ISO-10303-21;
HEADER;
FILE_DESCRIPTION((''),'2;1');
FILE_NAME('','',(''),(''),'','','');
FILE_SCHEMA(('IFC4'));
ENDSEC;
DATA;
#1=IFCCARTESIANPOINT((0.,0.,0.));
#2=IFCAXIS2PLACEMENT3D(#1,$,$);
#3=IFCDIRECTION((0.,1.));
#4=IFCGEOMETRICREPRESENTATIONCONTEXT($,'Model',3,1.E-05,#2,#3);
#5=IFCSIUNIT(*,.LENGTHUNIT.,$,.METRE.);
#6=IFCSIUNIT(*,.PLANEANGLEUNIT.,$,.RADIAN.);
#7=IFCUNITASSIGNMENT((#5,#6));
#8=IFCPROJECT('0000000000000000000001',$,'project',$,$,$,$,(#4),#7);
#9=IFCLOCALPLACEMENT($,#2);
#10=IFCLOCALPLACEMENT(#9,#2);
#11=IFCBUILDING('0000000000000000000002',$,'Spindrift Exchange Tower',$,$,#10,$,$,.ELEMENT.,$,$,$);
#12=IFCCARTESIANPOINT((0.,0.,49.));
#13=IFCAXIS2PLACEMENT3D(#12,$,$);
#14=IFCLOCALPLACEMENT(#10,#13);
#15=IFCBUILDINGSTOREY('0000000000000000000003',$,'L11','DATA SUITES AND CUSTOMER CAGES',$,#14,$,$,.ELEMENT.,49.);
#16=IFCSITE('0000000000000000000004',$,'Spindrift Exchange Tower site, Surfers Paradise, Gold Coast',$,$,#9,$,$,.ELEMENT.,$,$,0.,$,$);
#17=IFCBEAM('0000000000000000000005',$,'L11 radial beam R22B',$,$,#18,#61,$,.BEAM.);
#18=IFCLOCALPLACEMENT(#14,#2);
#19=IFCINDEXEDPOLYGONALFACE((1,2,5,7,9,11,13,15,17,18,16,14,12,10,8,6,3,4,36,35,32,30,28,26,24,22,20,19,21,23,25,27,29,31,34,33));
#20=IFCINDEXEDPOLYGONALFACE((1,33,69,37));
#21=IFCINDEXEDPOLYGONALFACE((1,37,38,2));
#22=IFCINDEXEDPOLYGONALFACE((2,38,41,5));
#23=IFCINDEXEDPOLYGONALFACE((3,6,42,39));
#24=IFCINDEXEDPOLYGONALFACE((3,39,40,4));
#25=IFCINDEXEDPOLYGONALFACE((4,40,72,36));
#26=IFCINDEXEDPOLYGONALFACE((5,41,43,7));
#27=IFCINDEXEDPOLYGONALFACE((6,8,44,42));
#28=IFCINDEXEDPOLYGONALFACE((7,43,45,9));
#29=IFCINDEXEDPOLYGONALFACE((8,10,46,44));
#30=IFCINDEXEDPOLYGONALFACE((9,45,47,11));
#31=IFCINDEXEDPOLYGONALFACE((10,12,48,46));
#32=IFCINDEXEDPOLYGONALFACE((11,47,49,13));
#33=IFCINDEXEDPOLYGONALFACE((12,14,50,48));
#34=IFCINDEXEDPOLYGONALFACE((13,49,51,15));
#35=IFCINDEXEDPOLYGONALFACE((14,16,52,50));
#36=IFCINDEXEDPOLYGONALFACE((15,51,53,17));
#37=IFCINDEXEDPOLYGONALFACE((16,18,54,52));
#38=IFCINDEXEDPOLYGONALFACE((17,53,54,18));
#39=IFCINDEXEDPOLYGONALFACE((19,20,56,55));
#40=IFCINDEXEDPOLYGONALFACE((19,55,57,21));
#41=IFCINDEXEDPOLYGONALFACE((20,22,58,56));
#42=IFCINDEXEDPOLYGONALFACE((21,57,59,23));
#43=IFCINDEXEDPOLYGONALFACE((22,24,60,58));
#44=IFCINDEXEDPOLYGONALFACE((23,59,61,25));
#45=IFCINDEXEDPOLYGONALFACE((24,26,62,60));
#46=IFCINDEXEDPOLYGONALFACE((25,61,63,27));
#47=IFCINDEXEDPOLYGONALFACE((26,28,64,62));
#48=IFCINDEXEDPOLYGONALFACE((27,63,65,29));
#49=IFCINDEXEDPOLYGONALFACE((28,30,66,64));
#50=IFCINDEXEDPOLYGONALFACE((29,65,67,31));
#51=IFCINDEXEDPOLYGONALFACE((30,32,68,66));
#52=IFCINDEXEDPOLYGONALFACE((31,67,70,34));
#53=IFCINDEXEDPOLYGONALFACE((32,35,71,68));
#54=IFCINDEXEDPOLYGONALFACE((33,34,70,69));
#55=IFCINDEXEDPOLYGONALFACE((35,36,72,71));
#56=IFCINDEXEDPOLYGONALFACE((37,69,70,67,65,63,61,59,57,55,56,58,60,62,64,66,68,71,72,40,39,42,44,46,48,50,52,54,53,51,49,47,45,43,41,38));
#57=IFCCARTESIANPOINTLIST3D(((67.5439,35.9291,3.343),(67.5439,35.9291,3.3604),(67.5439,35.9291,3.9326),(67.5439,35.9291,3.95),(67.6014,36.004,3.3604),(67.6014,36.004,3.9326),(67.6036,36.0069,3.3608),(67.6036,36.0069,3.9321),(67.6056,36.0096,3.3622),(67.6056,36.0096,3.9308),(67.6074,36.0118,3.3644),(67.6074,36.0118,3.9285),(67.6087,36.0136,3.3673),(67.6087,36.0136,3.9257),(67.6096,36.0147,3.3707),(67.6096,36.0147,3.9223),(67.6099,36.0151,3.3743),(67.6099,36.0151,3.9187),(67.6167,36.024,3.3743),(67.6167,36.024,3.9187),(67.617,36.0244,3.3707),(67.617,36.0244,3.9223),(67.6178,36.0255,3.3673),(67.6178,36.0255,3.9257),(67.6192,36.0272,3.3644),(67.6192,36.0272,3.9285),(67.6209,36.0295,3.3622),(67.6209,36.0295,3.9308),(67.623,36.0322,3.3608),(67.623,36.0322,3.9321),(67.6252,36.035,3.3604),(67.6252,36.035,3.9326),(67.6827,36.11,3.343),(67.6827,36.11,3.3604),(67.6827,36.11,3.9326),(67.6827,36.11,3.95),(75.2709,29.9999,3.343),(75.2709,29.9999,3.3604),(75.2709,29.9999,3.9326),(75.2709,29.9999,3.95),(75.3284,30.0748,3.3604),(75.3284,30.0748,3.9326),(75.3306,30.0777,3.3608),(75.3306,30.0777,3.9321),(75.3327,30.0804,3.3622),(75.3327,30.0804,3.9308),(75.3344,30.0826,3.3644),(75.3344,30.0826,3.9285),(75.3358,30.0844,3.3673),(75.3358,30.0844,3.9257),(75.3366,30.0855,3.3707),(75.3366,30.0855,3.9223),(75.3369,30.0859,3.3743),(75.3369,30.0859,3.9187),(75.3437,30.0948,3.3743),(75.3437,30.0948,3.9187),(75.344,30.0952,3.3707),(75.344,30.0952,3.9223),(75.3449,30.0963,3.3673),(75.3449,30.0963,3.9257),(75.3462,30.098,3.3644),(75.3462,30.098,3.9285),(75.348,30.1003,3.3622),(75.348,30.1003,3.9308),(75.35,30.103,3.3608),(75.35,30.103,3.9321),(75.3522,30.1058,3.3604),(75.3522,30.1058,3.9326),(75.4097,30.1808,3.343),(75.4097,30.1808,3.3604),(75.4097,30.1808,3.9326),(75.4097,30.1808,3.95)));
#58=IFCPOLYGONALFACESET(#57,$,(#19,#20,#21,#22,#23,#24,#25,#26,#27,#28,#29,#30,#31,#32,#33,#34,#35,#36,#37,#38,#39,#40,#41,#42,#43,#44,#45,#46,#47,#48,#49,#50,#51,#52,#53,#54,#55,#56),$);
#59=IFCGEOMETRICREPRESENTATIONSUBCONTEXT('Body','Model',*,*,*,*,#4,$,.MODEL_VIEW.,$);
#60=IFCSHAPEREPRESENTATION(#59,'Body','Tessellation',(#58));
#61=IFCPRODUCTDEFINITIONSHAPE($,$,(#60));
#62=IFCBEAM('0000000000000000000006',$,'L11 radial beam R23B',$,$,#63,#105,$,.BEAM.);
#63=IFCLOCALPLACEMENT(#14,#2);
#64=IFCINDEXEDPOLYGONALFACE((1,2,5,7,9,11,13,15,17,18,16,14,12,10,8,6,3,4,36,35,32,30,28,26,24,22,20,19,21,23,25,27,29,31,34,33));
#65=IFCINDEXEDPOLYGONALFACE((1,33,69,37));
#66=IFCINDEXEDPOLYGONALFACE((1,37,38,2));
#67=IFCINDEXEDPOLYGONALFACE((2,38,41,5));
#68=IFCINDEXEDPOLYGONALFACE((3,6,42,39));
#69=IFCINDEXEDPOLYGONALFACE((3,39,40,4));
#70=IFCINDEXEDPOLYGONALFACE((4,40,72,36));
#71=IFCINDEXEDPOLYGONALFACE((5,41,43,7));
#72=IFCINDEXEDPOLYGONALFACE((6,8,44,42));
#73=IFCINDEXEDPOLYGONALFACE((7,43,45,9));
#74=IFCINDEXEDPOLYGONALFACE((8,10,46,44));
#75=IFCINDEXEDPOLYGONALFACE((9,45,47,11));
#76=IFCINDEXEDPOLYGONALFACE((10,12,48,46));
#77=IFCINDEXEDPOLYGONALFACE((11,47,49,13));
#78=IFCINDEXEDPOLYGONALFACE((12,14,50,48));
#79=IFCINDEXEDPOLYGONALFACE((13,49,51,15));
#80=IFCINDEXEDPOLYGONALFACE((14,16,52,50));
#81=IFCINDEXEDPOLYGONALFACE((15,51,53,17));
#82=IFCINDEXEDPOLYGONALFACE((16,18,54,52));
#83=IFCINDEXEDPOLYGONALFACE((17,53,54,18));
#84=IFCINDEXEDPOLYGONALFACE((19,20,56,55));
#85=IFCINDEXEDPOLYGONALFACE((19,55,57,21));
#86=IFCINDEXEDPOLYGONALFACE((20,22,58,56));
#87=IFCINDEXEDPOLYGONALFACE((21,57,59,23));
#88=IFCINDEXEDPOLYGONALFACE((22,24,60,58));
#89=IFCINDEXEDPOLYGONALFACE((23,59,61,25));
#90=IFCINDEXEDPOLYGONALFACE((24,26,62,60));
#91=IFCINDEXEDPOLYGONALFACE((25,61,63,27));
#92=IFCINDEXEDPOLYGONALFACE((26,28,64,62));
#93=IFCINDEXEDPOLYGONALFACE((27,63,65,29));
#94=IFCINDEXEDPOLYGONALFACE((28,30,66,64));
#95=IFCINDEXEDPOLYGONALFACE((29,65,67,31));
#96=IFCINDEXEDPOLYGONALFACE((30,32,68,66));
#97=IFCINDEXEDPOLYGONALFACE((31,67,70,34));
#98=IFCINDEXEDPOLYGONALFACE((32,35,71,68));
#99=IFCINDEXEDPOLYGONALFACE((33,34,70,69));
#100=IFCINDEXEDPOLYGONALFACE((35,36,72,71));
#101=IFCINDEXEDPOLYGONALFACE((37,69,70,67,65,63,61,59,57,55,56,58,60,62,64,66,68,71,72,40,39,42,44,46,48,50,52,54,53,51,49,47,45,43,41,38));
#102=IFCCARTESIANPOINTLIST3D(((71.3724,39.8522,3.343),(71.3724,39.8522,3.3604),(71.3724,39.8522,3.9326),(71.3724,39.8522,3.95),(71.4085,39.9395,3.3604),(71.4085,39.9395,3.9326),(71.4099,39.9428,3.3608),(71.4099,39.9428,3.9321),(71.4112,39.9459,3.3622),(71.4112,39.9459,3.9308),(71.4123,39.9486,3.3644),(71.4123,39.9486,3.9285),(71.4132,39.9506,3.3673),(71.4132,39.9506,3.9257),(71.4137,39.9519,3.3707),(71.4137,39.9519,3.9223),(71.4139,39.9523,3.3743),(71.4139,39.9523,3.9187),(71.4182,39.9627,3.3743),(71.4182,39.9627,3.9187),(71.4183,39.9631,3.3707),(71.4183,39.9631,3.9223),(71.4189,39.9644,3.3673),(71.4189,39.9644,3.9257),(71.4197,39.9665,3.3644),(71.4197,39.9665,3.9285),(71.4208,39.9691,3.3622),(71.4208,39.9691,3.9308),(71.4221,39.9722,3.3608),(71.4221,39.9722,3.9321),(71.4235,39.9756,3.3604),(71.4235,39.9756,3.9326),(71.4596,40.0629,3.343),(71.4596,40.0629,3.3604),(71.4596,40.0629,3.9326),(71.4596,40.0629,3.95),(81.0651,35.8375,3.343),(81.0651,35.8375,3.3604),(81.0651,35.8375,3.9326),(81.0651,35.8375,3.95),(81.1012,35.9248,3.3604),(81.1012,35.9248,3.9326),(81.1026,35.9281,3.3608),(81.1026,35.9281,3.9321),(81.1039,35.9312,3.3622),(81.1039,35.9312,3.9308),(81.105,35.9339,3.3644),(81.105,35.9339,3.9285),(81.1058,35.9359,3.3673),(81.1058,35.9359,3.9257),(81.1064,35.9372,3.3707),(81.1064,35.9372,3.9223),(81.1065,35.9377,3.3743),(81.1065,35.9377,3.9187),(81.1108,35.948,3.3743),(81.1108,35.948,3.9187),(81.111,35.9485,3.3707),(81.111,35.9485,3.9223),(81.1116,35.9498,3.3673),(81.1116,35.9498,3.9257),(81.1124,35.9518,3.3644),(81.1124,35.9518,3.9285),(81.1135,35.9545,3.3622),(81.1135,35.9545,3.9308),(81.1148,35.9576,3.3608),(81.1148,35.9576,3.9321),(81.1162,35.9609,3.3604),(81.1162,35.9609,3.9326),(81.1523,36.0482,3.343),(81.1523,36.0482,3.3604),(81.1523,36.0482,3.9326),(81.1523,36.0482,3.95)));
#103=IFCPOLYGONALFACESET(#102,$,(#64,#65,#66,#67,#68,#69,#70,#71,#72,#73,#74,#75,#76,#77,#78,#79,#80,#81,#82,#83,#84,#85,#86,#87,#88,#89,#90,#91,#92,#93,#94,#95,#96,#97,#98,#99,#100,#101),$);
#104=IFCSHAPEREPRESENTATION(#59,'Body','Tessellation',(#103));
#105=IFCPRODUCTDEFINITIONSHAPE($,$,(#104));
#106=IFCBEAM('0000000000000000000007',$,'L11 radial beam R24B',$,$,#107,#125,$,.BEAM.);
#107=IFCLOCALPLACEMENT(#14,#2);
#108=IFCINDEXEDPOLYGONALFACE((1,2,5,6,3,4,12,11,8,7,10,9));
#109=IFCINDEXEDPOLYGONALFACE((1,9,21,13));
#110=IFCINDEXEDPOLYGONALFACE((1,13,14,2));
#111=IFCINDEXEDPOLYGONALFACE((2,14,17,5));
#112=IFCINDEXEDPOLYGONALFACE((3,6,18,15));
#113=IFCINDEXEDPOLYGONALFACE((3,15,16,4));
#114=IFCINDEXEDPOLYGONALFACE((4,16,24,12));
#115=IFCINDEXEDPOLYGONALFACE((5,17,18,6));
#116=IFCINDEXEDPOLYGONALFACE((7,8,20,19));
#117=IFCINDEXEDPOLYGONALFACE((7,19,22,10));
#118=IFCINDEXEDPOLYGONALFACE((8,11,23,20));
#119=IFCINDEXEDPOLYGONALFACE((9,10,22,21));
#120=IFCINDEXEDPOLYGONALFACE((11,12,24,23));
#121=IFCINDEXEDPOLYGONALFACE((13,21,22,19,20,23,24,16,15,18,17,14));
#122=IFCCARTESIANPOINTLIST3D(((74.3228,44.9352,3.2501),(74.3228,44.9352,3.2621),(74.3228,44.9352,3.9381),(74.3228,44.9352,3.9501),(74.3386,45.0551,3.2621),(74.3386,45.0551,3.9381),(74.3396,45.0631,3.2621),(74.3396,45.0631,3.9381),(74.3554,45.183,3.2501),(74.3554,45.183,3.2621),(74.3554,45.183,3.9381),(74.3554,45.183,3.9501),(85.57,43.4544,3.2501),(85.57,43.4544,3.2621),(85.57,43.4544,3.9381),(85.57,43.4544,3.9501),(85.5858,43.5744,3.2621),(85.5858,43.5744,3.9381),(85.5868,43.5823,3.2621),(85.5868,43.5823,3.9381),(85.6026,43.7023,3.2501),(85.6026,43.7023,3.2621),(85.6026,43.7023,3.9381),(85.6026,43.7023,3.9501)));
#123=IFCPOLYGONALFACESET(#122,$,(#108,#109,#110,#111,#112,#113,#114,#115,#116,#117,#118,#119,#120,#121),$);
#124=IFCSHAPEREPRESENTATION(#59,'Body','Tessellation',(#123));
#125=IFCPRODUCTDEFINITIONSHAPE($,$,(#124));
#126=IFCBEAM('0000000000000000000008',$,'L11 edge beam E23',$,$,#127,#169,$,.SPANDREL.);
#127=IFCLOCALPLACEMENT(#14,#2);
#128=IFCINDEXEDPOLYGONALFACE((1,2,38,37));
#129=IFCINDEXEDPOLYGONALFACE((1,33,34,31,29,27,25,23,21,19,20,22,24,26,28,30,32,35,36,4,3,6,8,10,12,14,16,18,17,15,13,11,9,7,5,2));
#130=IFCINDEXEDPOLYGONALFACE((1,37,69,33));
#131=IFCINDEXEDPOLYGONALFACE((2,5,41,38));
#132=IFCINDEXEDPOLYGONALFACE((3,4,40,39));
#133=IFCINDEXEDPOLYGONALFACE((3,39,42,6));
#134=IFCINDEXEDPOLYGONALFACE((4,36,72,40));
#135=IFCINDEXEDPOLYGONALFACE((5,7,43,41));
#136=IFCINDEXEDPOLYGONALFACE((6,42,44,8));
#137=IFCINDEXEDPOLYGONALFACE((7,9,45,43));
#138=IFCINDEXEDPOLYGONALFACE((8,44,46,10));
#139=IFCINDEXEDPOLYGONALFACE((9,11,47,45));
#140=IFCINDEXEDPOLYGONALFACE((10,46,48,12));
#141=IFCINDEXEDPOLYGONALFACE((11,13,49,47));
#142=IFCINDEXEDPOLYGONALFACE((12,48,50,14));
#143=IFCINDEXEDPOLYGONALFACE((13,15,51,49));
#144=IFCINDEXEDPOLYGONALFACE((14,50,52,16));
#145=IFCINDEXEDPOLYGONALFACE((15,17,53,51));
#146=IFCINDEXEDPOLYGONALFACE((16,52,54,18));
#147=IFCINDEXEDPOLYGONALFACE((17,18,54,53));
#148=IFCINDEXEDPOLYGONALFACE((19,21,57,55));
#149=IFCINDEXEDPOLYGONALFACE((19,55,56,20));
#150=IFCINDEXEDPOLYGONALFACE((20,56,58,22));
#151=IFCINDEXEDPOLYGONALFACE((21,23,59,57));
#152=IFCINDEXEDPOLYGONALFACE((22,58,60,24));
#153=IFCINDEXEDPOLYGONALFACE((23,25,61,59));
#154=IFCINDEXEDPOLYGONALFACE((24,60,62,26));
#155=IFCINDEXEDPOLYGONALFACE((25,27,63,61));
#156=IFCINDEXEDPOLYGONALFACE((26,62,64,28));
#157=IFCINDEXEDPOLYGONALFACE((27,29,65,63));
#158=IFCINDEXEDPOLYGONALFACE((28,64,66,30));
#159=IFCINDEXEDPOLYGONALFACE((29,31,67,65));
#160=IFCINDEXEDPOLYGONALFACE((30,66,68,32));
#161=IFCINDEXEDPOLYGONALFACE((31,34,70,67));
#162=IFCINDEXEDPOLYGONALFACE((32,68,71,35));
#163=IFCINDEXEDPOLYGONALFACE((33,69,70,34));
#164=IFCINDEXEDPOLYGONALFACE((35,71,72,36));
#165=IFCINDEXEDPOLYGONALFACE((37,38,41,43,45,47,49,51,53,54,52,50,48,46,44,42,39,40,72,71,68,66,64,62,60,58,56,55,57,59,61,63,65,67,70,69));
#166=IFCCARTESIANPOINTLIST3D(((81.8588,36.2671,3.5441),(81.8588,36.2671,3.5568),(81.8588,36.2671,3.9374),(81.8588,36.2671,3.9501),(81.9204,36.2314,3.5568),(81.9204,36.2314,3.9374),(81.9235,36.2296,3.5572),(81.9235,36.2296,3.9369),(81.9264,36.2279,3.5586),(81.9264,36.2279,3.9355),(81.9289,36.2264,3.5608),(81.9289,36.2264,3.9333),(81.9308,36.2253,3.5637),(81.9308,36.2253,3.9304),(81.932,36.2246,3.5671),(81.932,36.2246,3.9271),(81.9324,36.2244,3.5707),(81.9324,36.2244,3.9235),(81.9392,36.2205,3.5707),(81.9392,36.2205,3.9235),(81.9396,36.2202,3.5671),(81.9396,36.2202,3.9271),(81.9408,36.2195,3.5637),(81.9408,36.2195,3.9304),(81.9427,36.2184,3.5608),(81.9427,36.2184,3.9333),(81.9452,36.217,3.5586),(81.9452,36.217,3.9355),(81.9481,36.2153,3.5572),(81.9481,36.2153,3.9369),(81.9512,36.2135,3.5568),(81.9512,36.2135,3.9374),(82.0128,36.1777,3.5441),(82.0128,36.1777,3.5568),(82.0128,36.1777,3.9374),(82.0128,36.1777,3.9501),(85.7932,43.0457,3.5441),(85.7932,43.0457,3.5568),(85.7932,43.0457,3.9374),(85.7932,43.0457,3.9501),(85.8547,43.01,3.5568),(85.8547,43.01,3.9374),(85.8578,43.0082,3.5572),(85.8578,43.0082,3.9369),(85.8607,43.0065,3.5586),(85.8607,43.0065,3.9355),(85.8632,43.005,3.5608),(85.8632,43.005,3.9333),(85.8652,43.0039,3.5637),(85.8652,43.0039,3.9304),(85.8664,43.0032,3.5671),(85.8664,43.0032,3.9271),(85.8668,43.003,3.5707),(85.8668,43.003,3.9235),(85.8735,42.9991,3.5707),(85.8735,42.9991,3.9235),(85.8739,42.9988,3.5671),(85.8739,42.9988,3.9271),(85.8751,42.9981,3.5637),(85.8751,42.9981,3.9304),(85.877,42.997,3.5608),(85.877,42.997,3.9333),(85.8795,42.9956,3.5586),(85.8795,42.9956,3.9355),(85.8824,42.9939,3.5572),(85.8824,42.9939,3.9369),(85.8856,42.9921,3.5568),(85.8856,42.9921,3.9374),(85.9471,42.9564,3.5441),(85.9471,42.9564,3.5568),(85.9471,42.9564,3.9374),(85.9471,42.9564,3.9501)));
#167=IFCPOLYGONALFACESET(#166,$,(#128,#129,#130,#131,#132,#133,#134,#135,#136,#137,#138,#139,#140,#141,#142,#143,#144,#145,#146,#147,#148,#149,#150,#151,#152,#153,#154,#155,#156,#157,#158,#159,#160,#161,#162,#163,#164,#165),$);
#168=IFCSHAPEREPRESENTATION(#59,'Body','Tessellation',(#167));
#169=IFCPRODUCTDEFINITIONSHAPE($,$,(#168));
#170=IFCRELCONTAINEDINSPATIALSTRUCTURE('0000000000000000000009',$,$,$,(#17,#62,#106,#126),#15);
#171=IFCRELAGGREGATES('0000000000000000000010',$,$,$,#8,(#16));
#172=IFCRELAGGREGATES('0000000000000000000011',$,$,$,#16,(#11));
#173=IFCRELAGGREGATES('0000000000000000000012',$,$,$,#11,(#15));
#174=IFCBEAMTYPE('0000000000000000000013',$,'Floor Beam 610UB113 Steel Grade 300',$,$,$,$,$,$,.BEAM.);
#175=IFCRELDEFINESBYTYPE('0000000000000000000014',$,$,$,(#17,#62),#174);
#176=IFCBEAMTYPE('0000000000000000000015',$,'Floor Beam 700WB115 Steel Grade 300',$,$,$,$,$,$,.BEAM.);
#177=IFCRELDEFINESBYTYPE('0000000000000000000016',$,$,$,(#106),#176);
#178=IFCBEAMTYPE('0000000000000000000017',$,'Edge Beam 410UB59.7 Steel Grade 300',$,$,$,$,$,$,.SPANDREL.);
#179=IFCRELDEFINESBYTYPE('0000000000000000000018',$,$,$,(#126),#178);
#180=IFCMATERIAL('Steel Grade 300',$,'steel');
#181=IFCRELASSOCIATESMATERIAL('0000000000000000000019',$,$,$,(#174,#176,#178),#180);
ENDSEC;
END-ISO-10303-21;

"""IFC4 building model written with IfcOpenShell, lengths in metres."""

from ifc_helpers import new_model, si_unit, direction, frame, origin, origin_2d, place, context, subcontext, project, spatial, i_section, extrude, source, transform, mapped, material, material_profile, profile_set, type_object, element, save


model = new_model("IFC4")

# Units and contexts
model_context = context("Model", 3, precision=1e-05, world=origin(), true_north=direction((0.0, 1.0)))
body_context = subcontext(model_context, "Body", "Model", "MODEL_VIEW")
ifc_project = project(units=[si_unit("LENGTHUNIT", "METRE"), si_unit("PLANEANGLEUNIT", "RADIAN")], contexts=[model_context])

# Site, building, storey
site_placement = place(None, origin())
site = spatial("IfcSite", under=ifc_project, at=site_placement, Name="Spindrift Exchange Tower site, Surfers Paradise, Gold Coast", CompositionType="ELEMENT", RefElevation=0.0)
building_placement = place(site_placement, origin())
building = spatial("IfcBuilding", under=site, at=building_placement, Name="Spindrift Exchange Tower", CompositionType="ELEMENT")
storey_placement = place(building_placement, frame((0.0, 0.0, 49.0)))
storey = spatial("IfcBuildingStorey", under=building, at=storey_placement, Name="L11", Description="DATA SUITES AND CUSTOMER CAGES", CompositionType="ELEMENT", Elevation=49.0)

# Beams
ifc_material_1 = material(Name="Steel Grade 300", Category="steel")
ifc_material_profile_1 = material_profile(ifc_material_1, i_section(OverallWidth=0.228, OverallDepth=0.6069, WebThickness=0.0112, FlangeThickness=0.0173, FilletRadius=0.0139, at=origin_2d()), Name="610UB113")
ifc_profile_set_1 = profile_set([ifc_material_profile_1], Name="Steel Grade 300")
beam_type_1 = type_object("IfcBeamType", Name="Floor Beam 610UB113 Steel Grade 300", PredefinedType="BEAM", material=ifc_profile_set_1)
shared_shape_1 = source(origin(), body_context, "Body", "SweptSolid", [
    extrude(i_section(OverallWidth=0.228, OverallDepth=0.6069, WebThickness=0.0112, FlangeThickness=0.0173, FilletRadius=0.0139, at=origin_2d()), origin(), (0.0, 0.0, 1.0), 9.7397),
])
beam_1_placement = place(storey_placement, frame((67.6133, 36.0195, 3.6465), z_axis=(0.793352, -0.608763, 0.0), x_axis=(0.608763, 0.793352, 0.0)))
element("IfcBeam", 1, at=beam_1_placement, inside=storey, type_object=beam_type_1, Name="L11 radial beam R22B", PredefinedType="BEAM", context=body_context, shape_type="MappedRepresentation", body=[
    mapped(shared_shape_1, transform((0.0, 0.0, 0.0), scale=1.0)),
])
shared_shape_2 = source(origin(), body_context, "Body", "SweptSolid", [
    extrude(i_section(OverallWidth=0.228, OverallDepth=0.6069, WebThickness=0.0112, FlangeThickness=0.0173, FilletRadius=0.0139, at=origin_2d()), origin(), (0.0, 0.0, 1.0), 10.4912),
])
beam_2_placement = place(storey_placement, frame((71.416, 39.9575, 3.6465), z_axis=(0.923885, -0.38267, 0.0), x_axis=(0.38267, 0.923885, 0.0)))
element("IfcBeam", 2, at=beam_2_placement, inside=storey, type_object=beam_type_1, Name="L11 radial beam R23B", PredefinedType="BEAM", context=body_context, shape_type="MappedRepresentation", body=[
    mapped(shared_shape_2, transform((0.0, 0.0, 0.0), scale=1.0)),
])
ifc_material_profile_2 = material_profile(ifc_material_1, i_section(OverallWidth=0.25, OverallDepth=0.7, WebThickness=0.0081, FlangeThickness=0.012, at=origin_2d()), Name="700WB115")
ifc_profile_set_2 = profile_set([ifc_material_profile_2], Name="Steel Grade 300")
beam_type_2 = type_object("IfcBeamType", Name="Floor Beam 700WB115 Steel Grade 300", PredefinedType="BEAM", material=ifc_profile_set_2)
shared_shape_3 = source(origin(), body_context, "Body", "SweptSolid", [
    extrude(i_section(OverallWidth=0.25, OverallDepth=0.7, WebThickness=0.0081, FlangeThickness=0.012, at=origin_2d()), origin(), (0.0, 0.0, 1.0), 11.3442),
])
beam_3_placement = place(storey_placement, frame((74.3391, 45.0591, 3.6001), z_axis=(0.991445, -0.130527, 0.0), x_axis=(0.130527, 0.991445, 0.0)))
element("IfcBeam", 3, at=beam_3_placement, inside=storey, type_object=beam_type_2, Name="L11 radial beam R24B", PredefinedType="BEAM", context=body_context, shape_type="MappedRepresentation", body=[
    mapped(shared_shape_3, transform((0.0, 0.0, 0.0), scale=1.0)),
])
ifc_material_profile_3 = material_profile(ifc_material_1, i_section(OverallWidth=0.178, OverallDepth=0.406, WebThickness=0.0078, FlangeThickness=0.0127, FilletRadius=0.0139, at=origin_2d()), Name="410UB59.7")
ifc_profile_set_3 = profile_set([ifc_material_profile_3], Name="Steel Grade 300")
beam_type_3 = type_object("IfcBeamType", Name="Edge Beam 410UB59.7 Steel Grade 300", PredefinedType="SPANDREL", material=ifc_profile_set_3)
shared_shape_4 = source(origin(), body_context, "Body", "SweptSolid", [
    extrude(i_section(OverallWidth=0.178, OverallDepth=0.406, WebThickness=0.0078, FlangeThickness=0.0127, FilletRadius=0.0139, at=origin_2d()), origin(), (0.0, 0.0, 1.0), 7.8376),
])
beam_4_placement = place(storey_placement, frame((81.9358, 36.2224, 3.7471), z_axis=(0.501981, 0.864878, 0.0), x_axis=(-0.864878, 0.501981, 0.0)))
element("IfcBeam", 4, at=beam_4_placement, inside=storey, type_object=beam_type_3, Name="L11 edge beam E23", PredefinedType="SPANDREL", context=body_context, shape_type="MappedRepresentation", body=[
    mapped(shared_shape_4, transform((0.0, 0.0, 0.0), scale=1.0)),
])

save(model, "model.ifc")
